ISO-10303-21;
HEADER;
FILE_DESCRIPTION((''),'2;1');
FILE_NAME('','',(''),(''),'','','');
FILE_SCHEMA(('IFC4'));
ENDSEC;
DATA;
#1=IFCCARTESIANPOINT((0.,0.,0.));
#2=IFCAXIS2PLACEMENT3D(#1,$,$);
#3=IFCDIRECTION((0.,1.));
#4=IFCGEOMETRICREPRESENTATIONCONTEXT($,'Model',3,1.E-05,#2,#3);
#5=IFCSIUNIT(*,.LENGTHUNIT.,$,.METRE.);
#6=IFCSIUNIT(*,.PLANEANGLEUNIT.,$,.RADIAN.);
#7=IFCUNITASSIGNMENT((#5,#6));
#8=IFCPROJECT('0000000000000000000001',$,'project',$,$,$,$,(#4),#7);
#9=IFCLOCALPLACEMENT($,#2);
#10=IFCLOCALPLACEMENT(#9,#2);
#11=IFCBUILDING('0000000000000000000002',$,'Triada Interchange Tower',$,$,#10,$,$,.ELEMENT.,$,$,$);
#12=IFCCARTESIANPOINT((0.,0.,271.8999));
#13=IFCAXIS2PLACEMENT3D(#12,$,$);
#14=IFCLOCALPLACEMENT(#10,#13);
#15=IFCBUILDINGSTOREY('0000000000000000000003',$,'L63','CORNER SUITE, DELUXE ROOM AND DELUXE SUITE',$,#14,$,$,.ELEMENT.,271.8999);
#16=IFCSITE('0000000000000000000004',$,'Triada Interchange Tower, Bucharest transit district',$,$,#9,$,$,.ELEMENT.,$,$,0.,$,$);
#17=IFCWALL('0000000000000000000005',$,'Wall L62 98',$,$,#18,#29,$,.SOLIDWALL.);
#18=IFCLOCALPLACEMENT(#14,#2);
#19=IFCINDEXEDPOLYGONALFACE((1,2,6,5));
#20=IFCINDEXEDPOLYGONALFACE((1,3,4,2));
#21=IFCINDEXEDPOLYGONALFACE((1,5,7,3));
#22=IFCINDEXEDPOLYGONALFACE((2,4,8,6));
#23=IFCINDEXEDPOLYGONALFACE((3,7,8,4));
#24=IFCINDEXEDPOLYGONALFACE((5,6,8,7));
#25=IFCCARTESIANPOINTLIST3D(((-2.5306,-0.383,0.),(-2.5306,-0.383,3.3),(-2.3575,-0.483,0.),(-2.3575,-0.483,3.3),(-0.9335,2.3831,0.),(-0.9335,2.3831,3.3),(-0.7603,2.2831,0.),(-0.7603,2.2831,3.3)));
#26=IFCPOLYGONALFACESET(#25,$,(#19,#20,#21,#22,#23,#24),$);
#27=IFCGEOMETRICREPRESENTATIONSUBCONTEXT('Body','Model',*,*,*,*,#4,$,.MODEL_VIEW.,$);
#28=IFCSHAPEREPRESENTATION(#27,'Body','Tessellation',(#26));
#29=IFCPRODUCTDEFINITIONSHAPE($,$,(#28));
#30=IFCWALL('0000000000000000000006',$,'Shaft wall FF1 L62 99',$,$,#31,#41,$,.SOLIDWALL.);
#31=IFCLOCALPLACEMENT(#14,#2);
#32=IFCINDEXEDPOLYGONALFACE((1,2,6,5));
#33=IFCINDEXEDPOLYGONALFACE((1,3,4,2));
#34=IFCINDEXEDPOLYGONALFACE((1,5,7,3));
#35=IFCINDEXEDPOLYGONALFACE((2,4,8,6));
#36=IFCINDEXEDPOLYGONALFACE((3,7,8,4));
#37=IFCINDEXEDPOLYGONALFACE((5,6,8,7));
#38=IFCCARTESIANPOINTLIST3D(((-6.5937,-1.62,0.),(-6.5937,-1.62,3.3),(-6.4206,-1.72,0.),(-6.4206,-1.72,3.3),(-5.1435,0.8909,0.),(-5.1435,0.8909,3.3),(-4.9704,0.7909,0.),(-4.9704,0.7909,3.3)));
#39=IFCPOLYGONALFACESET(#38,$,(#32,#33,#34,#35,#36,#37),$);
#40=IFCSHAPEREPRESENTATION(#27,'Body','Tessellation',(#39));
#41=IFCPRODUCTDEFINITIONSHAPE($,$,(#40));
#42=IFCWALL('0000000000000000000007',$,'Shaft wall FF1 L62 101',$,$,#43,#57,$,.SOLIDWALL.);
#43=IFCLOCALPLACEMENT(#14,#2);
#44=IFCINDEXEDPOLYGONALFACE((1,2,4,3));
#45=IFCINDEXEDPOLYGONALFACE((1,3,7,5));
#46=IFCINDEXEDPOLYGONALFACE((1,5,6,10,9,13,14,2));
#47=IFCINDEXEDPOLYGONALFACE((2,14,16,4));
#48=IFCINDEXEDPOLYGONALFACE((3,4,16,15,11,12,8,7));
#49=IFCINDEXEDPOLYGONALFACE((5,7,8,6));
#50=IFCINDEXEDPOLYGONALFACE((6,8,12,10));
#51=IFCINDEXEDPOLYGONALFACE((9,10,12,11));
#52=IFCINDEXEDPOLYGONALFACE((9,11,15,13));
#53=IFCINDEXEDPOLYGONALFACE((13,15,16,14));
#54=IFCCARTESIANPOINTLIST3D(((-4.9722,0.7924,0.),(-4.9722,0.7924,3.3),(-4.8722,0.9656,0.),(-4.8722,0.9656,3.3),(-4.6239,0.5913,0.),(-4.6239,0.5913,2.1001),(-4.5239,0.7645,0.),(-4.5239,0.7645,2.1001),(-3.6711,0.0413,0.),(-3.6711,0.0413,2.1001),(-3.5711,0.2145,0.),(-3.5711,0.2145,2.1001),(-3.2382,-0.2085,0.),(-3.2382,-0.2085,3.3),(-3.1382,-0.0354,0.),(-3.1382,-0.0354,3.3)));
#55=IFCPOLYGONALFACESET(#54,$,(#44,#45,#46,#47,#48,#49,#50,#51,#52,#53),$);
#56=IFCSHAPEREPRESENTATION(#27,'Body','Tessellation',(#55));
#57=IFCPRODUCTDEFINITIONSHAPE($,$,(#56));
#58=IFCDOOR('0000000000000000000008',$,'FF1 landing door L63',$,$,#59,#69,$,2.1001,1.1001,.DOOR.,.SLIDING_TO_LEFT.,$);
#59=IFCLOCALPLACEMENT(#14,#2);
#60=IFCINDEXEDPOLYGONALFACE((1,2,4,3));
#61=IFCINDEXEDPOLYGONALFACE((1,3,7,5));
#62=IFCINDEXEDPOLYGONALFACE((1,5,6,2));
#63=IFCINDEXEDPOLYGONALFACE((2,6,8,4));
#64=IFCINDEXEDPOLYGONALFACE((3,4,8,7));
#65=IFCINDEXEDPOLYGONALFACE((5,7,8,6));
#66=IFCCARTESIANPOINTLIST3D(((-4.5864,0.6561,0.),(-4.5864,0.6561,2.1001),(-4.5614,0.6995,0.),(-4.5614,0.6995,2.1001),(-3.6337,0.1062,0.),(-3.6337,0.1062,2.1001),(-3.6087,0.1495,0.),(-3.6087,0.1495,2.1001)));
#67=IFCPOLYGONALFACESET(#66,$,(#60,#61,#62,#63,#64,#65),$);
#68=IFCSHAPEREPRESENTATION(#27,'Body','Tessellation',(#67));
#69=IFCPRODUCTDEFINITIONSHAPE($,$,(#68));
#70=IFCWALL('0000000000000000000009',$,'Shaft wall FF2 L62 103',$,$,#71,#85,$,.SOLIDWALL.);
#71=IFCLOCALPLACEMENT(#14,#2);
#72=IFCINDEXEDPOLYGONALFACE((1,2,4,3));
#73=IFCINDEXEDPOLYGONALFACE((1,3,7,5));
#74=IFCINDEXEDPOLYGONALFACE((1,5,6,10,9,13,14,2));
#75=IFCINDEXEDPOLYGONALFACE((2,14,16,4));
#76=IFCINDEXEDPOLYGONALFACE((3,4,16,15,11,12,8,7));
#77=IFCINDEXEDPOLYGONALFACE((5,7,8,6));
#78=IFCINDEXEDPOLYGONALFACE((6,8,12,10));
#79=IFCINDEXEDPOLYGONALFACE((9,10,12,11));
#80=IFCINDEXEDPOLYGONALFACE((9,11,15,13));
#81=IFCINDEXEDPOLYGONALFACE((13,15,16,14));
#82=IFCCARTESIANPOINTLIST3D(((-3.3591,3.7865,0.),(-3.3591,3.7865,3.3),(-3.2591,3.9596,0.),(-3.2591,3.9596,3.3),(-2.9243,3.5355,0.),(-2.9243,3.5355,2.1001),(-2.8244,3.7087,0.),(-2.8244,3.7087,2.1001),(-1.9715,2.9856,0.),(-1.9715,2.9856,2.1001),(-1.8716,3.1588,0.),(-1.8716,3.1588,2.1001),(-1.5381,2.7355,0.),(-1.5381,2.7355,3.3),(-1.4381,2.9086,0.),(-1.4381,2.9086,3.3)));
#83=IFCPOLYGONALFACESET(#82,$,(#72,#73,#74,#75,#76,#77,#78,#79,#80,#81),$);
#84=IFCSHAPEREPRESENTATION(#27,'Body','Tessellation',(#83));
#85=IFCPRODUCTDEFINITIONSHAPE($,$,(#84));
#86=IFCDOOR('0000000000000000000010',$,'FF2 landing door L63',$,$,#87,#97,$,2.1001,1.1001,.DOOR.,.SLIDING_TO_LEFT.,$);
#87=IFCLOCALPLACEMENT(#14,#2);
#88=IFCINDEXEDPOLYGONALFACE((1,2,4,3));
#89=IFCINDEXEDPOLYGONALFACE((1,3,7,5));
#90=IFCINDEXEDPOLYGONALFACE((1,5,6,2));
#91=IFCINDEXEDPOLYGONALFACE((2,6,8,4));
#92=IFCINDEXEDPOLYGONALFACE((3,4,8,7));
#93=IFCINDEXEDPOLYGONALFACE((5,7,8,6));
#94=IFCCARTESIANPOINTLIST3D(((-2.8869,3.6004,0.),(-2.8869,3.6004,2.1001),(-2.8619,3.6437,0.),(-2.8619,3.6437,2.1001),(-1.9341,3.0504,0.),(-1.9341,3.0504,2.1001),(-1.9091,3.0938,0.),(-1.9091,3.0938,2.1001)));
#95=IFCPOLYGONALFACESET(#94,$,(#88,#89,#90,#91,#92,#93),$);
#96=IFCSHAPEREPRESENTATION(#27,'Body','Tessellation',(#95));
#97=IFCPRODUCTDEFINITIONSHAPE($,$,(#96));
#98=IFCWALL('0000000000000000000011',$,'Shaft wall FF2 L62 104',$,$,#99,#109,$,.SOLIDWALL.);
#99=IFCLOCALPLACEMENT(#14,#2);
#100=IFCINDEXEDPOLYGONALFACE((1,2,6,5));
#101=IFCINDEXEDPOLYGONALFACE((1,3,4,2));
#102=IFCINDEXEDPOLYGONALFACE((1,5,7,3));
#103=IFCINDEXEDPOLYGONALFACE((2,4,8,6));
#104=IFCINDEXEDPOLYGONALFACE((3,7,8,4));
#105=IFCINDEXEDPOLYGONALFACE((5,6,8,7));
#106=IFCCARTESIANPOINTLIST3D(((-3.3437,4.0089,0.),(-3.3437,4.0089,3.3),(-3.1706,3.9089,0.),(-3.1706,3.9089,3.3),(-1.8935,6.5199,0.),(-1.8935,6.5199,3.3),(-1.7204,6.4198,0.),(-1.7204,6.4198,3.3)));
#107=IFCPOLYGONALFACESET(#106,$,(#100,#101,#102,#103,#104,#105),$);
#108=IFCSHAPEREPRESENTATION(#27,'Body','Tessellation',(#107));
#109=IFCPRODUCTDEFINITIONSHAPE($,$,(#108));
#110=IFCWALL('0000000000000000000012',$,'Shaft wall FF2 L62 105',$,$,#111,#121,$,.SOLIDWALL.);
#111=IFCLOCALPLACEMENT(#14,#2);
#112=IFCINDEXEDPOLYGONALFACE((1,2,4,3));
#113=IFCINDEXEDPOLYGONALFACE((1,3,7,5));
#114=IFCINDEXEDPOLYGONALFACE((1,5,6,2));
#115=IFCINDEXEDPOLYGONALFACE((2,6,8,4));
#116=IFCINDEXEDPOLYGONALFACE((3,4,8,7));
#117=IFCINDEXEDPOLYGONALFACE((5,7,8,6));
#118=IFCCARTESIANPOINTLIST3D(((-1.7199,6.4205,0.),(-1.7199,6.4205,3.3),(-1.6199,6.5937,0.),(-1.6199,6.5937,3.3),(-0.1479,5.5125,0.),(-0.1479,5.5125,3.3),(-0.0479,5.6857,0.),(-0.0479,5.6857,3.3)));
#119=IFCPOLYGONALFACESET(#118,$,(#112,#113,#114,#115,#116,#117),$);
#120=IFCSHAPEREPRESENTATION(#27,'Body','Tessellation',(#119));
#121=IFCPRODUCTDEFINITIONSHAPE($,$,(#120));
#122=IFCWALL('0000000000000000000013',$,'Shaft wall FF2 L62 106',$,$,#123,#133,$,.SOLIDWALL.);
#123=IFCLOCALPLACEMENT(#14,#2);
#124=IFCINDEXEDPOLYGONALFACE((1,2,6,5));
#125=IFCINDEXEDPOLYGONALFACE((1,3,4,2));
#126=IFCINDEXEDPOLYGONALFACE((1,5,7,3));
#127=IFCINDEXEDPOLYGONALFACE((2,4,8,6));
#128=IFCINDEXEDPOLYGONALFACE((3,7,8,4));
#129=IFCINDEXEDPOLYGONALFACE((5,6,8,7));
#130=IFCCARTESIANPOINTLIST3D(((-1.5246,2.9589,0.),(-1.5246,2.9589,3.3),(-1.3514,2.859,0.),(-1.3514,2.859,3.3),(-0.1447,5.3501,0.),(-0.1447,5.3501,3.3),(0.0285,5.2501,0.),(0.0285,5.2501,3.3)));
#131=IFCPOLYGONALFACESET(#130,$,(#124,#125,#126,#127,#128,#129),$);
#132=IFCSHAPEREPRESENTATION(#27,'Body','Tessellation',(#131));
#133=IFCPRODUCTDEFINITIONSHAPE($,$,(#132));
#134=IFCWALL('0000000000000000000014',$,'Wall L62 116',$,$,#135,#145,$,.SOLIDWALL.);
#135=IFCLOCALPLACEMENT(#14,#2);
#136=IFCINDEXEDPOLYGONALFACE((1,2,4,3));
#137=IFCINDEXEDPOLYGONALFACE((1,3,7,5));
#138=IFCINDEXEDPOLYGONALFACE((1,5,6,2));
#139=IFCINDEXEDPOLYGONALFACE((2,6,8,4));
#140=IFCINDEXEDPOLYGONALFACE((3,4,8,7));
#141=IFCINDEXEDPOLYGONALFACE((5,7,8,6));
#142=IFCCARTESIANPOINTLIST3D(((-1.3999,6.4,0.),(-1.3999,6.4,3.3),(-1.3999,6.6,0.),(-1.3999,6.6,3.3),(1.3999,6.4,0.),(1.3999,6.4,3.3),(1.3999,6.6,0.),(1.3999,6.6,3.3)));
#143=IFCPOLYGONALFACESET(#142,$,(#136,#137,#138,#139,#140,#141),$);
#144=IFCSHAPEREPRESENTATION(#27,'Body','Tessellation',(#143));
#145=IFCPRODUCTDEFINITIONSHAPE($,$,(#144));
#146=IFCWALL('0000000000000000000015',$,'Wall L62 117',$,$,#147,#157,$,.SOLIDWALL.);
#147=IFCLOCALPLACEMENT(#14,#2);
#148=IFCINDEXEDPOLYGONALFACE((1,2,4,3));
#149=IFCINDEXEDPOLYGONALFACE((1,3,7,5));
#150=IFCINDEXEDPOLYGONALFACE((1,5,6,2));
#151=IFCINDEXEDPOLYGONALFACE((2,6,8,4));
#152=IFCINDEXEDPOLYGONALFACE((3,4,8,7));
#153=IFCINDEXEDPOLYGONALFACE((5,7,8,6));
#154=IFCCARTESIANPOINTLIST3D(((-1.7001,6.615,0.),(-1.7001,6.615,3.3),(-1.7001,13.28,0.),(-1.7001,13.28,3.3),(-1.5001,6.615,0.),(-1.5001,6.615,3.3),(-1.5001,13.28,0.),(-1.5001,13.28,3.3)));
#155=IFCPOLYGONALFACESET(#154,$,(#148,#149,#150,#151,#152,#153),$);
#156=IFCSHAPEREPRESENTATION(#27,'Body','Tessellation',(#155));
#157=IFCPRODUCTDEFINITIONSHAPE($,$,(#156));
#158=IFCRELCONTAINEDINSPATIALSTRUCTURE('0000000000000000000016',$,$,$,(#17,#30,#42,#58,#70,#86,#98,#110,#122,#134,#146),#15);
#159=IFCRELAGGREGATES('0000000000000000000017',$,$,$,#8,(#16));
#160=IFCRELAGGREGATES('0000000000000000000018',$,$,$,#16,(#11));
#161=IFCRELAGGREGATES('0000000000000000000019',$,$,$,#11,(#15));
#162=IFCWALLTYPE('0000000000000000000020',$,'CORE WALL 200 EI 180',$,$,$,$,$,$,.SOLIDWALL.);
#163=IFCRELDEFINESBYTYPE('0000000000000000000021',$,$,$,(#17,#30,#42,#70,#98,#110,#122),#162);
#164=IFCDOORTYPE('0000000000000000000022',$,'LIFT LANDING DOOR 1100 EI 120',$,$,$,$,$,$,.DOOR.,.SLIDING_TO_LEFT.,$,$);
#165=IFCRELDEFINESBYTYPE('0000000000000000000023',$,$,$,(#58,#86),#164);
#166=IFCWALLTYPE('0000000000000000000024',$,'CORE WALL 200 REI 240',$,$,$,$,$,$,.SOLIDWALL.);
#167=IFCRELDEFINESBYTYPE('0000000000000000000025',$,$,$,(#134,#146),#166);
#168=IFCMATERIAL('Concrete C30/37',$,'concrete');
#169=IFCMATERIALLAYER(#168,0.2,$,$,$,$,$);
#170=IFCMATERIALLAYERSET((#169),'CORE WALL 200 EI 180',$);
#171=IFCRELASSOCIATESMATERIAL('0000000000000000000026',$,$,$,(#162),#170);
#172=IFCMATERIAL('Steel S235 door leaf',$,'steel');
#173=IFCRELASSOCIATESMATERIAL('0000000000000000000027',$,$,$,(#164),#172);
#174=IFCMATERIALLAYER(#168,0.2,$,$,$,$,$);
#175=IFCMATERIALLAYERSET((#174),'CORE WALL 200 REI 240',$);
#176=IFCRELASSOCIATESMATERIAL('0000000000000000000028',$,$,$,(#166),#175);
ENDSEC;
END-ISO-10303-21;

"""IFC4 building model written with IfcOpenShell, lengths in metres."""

from ifc_helpers import new_model, si_unit, direction, frame, frame_2d, origin, place, context, subcontext, project, spatial, rectangle, extrude, material, layer, layer_set, type_object, element, fill, save


model = new_model("IFC4")

# Units and contexts
model_context = context("Model", 3, precision=1e-05, world=origin(), true_north=direction((0.0, 1.0)))
body_context = subcontext(model_context, "Body", "Model", "MODEL_VIEW")
ifc_project = project(units=[si_unit("LENGTHUNIT", "METRE"), si_unit("PLANEANGLEUNIT", "RADIAN")], contexts=[model_context])

# Site, building, storey
site_placement = place(None, origin())
site = spatial("IfcSite", under=ifc_project, at=site_placement, Name="Triada Interchange Tower, Bucharest transit district", CompositionType="ELEMENT", RefElevation=0.0)
building_placement = place(site_placement, origin())
building = spatial("IfcBuilding", under=site, at=building_placement, Name="Triada Interchange Tower", CompositionType="ELEMENT")
storey_placement = place(building_placement, frame((0.0, 0.0, 271.8999)))
storey = spatial("IfcBuildingStorey", under=building, at=storey_placement, Name="L63", Description="CORNER SUITE, DELUXE ROOM AND DELUXE SUITE", CompositionType="ELEMENT", Elevation=271.8999)

# Shared definitions
ifc_material_1 = material(Name="Concrete C30/37", Category="concrete")

# Shared definitions
ifc_layer_1 = layer(ifc_material_1, 0.2)
ifc_layer_set_1 = layer_set([ifc_layer_1], Name="CORE WALL 200 EI 180")
wall_type_1 = type_object("IfcWallType", Name="CORE WALL 200 EI 180", PredefinedType="SOLIDWALL", material=ifc_layer_set_1)
ifc_material_2 = material(Name="Steel S235 door leaf", Category="steel")
door_type_1 = type_object("IfcDoorType", Name="LIFT LANDING DOOR 1100 EI 120", OperationType="SLIDING_TO_LEFT", PredefinedType="DOOR", material=ifc_material_2)

# Walls
wall_1_placement = place(storey_placement, frame((-2.4441, -0.4331, 0.0), z_axis=(0.0, 0.0, 1.0), x_axis=(0.500036, 0.866005, 0.0)))
element("IfcWall", 1, at=wall_1_placement, inside=storey, type_object=wall_type_1, Name="Wall L62 98", PredefinedType="SOLIDWALL", context=body_context, shape_type="SweptSolid", body=[
    extrude(rectangle(XDim=3.1941, YDim=0.2, at=frame_2d((1.5972, 0.0))), origin(), (0.0, 0.0, 1.0), 3.3),
])
wall_2_placement = place(storey_placement, frame((-6.5071, -1.6699, 0.0), z_axis=(0.0, 0.0, 1.0), x_axis=(0.500123, 0.865954, 0.0)))
element("IfcWall", 2, at=wall_2_placement, inside=storey, type_object=wall_type_1, Name="Shaft wall FF1 L62 99", PredefinedType="SOLIDWALL", context=body_context, shape_type="SweptSolid", body=[
    extrude(rectangle(XDim=2.8997, YDim=0.2, at=frame_2d((1.4497, 0.0))), origin(), (0.0, 0.0, 1.0), 3.3),
])

# Walls, openings, doors
wall_3_placement = place(storey_placement, frame((-4.9221, 0.8789, 0.0), z_axis=(0.0, 0.0, 1.0), x_axis=(0.866074, -0.499916, 0.0)))
wall_3 = element("IfcWall", 3, at=wall_3_placement, inside=storey, type_object=wall_type_1, Name="Shaft wall FF1 L62 101", PredefinedType="SOLIDWALL", context=body_context, shape_type="SweptSolid", body=[
    extrude(rectangle(XDim=2.0022, YDim=0.2, at=frame_2d((1.001, 0.0))), origin(), (0.0, 0.0, 1.0), 3.3),
])
opening_1_placement = place(wall_3_placement, frame((0.4021, 0.0, 0.0)))
opening_1 = element("IfcOpeningElement", 4, at=opening_1_placement, cuts=wall_3, PredefinedType="OPENING", context=body_context, shape_type="SweptSolid", body=[
    extrude(rectangle(XDim=1.1001, YDim=2.1001, at=frame_2d((0.55, 1.05))), frame((0.0, 0.1099, 0.0), z_axis=(0.0, -1.0, 0.0), x_axis=(1.0, 0.0, 0.0)), (0.0, 0.0, 1.0), 0.22),
])
door_1_placement = place(opening_1_placement, origin())
door_1 = element("IfcDoor", 5, at=door_1_placement, inside=storey, type_object=door_type_1, Name="FF1 landing door L63", OperationType="SLIDING_TO_LEFT", OverallHeight=2.1001, OverallWidth=1.1001, PredefinedType="DOOR", context=body_context, shape_type="SweptSolid", body=[
    extrude(rectangle(XDim=1.1001, YDim=2.1001, at=frame_2d((0.55, 1.05))), frame((0.0, 0.0249, 0.0), z_axis=(0.0, -1.0, 0.0), x_axis=(1.0, 0.0, 0.0)), (0.0, 0.0, 1.0), 0.05),
])
fill(opening_1, door_1)
wall_4_placement = place(storey_placement, frame((-3.3091, 3.873, 0.0), z_axis=(0.0, 0.0, 1.0), x_axis=(0.866099, -0.499873, 0.0)))
wall_4 = element("IfcWall", 6, at=wall_4_placement, inside=storey, type_object=wall_type_1, Name="Shaft wall FF2 L62 103", PredefinedType="SOLIDWALL", context=body_context, shape_type="SweptSolid", body=[
    extrude(rectangle(XDim=2.1025, YDim=0.2, at=frame_2d((1.0513, 0.0))), origin(), (0.0, 0.0, 1.0), 3.3),
])
opening_2_placement = place(wall_4_placement, frame((0.502, 0.0, 0.0)))
opening_2 = element("IfcOpeningElement", 7, at=opening_2_placement, cuts=wall_4, PredefinedType="OPENING", context=body_context, shape_type="SweptSolid", body=[
    extrude(rectangle(XDim=1.1001, YDim=2.1001, at=frame_2d((0.55, 1.05))), frame((0.0, 0.1099, 0.0), z_axis=(0.0, -1.0, 0.0), x_axis=(1.0, 0.0, 0.0)), (0.0, 0.0, 1.0), 0.22),
])
door_2_placement = place(opening_2_placement, origin())
door_2 = element("IfcDoor", 8, at=door_2_placement, inside=storey, type_object=door_type_1, Name="FF2 landing door L63", OperationType="SLIDING_TO_LEFT", OverallHeight=2.1001, OverallWidth=1.1001, PredefinedType="DOOR", context=body_context, shape_type="SweptSolid", body=[
    extrude(rectangle(XDim=1.1001, YDim=2.1001, at=frame_2d((0.55, 1.05))), frame((0.0, 0.0249, 0.0), z_axis=(0.0, -1.0, 0.0), x_axis=(1.0, 0.0, 0.0)), (0.0, 0.0, 1.0), 0.05),
])
fill(opening_2, door_2)

# Walls
wall_5_placement = place(storey_placement, frame((-3.2571, 3.959, 0.0), z_axis=(0.0, 0.0, 1.0), x_axis=(0.500123, 0.865954, 0.0)))
element("IfcWall", 9, at=wall_5_placement, inside=storey, type_object=wall_type_1, Name="Shaft wall FF2 L62 104", PredefinedType="SOLIDWALL", context=body_context, shape_type="SweptSolid", body=[
    extrude(rectangle(XDim=2.8997, YDim=0.2, at=frame_2d((1.4497, 0.0))), origin(), (0.0, 0.0, 1.0), 3.3),
])
wall_6_placement = place(storey_placement, frame((-1.6699, 6.5071, 0.0), z_axis=(0.0, 0.0, 1.0), x_axis=(0.865941, -0.500145, 0.0)))
element("IfcWall", 10, at=wall_6_placement, inside=storey, type_object=wall_type_1, Name="Shaft wall FF2 L62 105", PredefinedType="SOLIDWALL", context=body_context, shape_type="SweptSolid", body=[
    extrude(rectangle(XDim=1.8154, YDim=0.2, at=frame_2d((0.9077, 0.0))), origin(), (0.0, 0.0, 1.0), 3.3),
])
wall_7_placement = place(storey_placement, frame((-1.438, 2.9089, 0.0), z_axis=(0.0, 0.0, 1.0), x_axis=(0.49983, 0.866124, 0.0)))
element("IfcWall", 11, at=wall_7_placement, inside=storey, type_object=wall_type_1, Name="Shaft wall FF2 L62 106", PredefinedType="SOLIDWALL", context=body_context, shape_type="SweptSolid", body=[
    extrude(rectangle(XDim=2.7607, YDim=0.2, at=frame_2d((1.3804, 0.0))), origin(), (0.0, 0.0, 1.0), 3.3),
])
ifc_layer_2 = layer(ifc_material_1, 0.2)
ifc_layer_set_2 = layer_set([ifc_layer_2], Name="CORE WALL 200 REI 240")
wall_type_2 = type_object("IfcWallType", Name="CORE WALL 200 REI 240", PredefinedType="SOLIDWALL", material=ifc_layer_set_2)
wall_8_placement = place(storey_placement, frame((-1.3999, 6.5, 0.0), z_axis=(0.0, 0.0, 1.0), x_axis=(1.0, 0.0, 0.0)))
element("IfcWall", 12, at=wall_8_placement, inside=storey, type_object=wall_type_2, Name="Wall L62 116", PredefinedType="SOLIDWALL", context=body_context, shape_type="SweptSolid", body=[
    extrude(rectangle(XDim=2.7998, YDim=0.2, at=frame_2d((1.3999, 0.0))), origin(), (0.0, 0.0, 1.0), 3.3),
])
wall_9_placement = place(storey_placement, frame((-1.6001, 6.615, 0.0), z_axis=(0.0, 0.0, 1.0), x_axis=(0.0, 1.0, 0.0)))
element("IfcWall", 13, at=wall_9_placement, inside=storey, type_object=wall_type_2, Name="Wall L62 117", PredefinedType="SOLIDWALL", context=body_context, shape_type="SweptSolid", body=[
    extrude(rectangle(XDim=6.665, YDim=0.2, at=frame_2d((3.3325, 0.0))), origin(), (0.0, 0.0, 1.0), 3.3),
])

save(model, "model.ifc")
